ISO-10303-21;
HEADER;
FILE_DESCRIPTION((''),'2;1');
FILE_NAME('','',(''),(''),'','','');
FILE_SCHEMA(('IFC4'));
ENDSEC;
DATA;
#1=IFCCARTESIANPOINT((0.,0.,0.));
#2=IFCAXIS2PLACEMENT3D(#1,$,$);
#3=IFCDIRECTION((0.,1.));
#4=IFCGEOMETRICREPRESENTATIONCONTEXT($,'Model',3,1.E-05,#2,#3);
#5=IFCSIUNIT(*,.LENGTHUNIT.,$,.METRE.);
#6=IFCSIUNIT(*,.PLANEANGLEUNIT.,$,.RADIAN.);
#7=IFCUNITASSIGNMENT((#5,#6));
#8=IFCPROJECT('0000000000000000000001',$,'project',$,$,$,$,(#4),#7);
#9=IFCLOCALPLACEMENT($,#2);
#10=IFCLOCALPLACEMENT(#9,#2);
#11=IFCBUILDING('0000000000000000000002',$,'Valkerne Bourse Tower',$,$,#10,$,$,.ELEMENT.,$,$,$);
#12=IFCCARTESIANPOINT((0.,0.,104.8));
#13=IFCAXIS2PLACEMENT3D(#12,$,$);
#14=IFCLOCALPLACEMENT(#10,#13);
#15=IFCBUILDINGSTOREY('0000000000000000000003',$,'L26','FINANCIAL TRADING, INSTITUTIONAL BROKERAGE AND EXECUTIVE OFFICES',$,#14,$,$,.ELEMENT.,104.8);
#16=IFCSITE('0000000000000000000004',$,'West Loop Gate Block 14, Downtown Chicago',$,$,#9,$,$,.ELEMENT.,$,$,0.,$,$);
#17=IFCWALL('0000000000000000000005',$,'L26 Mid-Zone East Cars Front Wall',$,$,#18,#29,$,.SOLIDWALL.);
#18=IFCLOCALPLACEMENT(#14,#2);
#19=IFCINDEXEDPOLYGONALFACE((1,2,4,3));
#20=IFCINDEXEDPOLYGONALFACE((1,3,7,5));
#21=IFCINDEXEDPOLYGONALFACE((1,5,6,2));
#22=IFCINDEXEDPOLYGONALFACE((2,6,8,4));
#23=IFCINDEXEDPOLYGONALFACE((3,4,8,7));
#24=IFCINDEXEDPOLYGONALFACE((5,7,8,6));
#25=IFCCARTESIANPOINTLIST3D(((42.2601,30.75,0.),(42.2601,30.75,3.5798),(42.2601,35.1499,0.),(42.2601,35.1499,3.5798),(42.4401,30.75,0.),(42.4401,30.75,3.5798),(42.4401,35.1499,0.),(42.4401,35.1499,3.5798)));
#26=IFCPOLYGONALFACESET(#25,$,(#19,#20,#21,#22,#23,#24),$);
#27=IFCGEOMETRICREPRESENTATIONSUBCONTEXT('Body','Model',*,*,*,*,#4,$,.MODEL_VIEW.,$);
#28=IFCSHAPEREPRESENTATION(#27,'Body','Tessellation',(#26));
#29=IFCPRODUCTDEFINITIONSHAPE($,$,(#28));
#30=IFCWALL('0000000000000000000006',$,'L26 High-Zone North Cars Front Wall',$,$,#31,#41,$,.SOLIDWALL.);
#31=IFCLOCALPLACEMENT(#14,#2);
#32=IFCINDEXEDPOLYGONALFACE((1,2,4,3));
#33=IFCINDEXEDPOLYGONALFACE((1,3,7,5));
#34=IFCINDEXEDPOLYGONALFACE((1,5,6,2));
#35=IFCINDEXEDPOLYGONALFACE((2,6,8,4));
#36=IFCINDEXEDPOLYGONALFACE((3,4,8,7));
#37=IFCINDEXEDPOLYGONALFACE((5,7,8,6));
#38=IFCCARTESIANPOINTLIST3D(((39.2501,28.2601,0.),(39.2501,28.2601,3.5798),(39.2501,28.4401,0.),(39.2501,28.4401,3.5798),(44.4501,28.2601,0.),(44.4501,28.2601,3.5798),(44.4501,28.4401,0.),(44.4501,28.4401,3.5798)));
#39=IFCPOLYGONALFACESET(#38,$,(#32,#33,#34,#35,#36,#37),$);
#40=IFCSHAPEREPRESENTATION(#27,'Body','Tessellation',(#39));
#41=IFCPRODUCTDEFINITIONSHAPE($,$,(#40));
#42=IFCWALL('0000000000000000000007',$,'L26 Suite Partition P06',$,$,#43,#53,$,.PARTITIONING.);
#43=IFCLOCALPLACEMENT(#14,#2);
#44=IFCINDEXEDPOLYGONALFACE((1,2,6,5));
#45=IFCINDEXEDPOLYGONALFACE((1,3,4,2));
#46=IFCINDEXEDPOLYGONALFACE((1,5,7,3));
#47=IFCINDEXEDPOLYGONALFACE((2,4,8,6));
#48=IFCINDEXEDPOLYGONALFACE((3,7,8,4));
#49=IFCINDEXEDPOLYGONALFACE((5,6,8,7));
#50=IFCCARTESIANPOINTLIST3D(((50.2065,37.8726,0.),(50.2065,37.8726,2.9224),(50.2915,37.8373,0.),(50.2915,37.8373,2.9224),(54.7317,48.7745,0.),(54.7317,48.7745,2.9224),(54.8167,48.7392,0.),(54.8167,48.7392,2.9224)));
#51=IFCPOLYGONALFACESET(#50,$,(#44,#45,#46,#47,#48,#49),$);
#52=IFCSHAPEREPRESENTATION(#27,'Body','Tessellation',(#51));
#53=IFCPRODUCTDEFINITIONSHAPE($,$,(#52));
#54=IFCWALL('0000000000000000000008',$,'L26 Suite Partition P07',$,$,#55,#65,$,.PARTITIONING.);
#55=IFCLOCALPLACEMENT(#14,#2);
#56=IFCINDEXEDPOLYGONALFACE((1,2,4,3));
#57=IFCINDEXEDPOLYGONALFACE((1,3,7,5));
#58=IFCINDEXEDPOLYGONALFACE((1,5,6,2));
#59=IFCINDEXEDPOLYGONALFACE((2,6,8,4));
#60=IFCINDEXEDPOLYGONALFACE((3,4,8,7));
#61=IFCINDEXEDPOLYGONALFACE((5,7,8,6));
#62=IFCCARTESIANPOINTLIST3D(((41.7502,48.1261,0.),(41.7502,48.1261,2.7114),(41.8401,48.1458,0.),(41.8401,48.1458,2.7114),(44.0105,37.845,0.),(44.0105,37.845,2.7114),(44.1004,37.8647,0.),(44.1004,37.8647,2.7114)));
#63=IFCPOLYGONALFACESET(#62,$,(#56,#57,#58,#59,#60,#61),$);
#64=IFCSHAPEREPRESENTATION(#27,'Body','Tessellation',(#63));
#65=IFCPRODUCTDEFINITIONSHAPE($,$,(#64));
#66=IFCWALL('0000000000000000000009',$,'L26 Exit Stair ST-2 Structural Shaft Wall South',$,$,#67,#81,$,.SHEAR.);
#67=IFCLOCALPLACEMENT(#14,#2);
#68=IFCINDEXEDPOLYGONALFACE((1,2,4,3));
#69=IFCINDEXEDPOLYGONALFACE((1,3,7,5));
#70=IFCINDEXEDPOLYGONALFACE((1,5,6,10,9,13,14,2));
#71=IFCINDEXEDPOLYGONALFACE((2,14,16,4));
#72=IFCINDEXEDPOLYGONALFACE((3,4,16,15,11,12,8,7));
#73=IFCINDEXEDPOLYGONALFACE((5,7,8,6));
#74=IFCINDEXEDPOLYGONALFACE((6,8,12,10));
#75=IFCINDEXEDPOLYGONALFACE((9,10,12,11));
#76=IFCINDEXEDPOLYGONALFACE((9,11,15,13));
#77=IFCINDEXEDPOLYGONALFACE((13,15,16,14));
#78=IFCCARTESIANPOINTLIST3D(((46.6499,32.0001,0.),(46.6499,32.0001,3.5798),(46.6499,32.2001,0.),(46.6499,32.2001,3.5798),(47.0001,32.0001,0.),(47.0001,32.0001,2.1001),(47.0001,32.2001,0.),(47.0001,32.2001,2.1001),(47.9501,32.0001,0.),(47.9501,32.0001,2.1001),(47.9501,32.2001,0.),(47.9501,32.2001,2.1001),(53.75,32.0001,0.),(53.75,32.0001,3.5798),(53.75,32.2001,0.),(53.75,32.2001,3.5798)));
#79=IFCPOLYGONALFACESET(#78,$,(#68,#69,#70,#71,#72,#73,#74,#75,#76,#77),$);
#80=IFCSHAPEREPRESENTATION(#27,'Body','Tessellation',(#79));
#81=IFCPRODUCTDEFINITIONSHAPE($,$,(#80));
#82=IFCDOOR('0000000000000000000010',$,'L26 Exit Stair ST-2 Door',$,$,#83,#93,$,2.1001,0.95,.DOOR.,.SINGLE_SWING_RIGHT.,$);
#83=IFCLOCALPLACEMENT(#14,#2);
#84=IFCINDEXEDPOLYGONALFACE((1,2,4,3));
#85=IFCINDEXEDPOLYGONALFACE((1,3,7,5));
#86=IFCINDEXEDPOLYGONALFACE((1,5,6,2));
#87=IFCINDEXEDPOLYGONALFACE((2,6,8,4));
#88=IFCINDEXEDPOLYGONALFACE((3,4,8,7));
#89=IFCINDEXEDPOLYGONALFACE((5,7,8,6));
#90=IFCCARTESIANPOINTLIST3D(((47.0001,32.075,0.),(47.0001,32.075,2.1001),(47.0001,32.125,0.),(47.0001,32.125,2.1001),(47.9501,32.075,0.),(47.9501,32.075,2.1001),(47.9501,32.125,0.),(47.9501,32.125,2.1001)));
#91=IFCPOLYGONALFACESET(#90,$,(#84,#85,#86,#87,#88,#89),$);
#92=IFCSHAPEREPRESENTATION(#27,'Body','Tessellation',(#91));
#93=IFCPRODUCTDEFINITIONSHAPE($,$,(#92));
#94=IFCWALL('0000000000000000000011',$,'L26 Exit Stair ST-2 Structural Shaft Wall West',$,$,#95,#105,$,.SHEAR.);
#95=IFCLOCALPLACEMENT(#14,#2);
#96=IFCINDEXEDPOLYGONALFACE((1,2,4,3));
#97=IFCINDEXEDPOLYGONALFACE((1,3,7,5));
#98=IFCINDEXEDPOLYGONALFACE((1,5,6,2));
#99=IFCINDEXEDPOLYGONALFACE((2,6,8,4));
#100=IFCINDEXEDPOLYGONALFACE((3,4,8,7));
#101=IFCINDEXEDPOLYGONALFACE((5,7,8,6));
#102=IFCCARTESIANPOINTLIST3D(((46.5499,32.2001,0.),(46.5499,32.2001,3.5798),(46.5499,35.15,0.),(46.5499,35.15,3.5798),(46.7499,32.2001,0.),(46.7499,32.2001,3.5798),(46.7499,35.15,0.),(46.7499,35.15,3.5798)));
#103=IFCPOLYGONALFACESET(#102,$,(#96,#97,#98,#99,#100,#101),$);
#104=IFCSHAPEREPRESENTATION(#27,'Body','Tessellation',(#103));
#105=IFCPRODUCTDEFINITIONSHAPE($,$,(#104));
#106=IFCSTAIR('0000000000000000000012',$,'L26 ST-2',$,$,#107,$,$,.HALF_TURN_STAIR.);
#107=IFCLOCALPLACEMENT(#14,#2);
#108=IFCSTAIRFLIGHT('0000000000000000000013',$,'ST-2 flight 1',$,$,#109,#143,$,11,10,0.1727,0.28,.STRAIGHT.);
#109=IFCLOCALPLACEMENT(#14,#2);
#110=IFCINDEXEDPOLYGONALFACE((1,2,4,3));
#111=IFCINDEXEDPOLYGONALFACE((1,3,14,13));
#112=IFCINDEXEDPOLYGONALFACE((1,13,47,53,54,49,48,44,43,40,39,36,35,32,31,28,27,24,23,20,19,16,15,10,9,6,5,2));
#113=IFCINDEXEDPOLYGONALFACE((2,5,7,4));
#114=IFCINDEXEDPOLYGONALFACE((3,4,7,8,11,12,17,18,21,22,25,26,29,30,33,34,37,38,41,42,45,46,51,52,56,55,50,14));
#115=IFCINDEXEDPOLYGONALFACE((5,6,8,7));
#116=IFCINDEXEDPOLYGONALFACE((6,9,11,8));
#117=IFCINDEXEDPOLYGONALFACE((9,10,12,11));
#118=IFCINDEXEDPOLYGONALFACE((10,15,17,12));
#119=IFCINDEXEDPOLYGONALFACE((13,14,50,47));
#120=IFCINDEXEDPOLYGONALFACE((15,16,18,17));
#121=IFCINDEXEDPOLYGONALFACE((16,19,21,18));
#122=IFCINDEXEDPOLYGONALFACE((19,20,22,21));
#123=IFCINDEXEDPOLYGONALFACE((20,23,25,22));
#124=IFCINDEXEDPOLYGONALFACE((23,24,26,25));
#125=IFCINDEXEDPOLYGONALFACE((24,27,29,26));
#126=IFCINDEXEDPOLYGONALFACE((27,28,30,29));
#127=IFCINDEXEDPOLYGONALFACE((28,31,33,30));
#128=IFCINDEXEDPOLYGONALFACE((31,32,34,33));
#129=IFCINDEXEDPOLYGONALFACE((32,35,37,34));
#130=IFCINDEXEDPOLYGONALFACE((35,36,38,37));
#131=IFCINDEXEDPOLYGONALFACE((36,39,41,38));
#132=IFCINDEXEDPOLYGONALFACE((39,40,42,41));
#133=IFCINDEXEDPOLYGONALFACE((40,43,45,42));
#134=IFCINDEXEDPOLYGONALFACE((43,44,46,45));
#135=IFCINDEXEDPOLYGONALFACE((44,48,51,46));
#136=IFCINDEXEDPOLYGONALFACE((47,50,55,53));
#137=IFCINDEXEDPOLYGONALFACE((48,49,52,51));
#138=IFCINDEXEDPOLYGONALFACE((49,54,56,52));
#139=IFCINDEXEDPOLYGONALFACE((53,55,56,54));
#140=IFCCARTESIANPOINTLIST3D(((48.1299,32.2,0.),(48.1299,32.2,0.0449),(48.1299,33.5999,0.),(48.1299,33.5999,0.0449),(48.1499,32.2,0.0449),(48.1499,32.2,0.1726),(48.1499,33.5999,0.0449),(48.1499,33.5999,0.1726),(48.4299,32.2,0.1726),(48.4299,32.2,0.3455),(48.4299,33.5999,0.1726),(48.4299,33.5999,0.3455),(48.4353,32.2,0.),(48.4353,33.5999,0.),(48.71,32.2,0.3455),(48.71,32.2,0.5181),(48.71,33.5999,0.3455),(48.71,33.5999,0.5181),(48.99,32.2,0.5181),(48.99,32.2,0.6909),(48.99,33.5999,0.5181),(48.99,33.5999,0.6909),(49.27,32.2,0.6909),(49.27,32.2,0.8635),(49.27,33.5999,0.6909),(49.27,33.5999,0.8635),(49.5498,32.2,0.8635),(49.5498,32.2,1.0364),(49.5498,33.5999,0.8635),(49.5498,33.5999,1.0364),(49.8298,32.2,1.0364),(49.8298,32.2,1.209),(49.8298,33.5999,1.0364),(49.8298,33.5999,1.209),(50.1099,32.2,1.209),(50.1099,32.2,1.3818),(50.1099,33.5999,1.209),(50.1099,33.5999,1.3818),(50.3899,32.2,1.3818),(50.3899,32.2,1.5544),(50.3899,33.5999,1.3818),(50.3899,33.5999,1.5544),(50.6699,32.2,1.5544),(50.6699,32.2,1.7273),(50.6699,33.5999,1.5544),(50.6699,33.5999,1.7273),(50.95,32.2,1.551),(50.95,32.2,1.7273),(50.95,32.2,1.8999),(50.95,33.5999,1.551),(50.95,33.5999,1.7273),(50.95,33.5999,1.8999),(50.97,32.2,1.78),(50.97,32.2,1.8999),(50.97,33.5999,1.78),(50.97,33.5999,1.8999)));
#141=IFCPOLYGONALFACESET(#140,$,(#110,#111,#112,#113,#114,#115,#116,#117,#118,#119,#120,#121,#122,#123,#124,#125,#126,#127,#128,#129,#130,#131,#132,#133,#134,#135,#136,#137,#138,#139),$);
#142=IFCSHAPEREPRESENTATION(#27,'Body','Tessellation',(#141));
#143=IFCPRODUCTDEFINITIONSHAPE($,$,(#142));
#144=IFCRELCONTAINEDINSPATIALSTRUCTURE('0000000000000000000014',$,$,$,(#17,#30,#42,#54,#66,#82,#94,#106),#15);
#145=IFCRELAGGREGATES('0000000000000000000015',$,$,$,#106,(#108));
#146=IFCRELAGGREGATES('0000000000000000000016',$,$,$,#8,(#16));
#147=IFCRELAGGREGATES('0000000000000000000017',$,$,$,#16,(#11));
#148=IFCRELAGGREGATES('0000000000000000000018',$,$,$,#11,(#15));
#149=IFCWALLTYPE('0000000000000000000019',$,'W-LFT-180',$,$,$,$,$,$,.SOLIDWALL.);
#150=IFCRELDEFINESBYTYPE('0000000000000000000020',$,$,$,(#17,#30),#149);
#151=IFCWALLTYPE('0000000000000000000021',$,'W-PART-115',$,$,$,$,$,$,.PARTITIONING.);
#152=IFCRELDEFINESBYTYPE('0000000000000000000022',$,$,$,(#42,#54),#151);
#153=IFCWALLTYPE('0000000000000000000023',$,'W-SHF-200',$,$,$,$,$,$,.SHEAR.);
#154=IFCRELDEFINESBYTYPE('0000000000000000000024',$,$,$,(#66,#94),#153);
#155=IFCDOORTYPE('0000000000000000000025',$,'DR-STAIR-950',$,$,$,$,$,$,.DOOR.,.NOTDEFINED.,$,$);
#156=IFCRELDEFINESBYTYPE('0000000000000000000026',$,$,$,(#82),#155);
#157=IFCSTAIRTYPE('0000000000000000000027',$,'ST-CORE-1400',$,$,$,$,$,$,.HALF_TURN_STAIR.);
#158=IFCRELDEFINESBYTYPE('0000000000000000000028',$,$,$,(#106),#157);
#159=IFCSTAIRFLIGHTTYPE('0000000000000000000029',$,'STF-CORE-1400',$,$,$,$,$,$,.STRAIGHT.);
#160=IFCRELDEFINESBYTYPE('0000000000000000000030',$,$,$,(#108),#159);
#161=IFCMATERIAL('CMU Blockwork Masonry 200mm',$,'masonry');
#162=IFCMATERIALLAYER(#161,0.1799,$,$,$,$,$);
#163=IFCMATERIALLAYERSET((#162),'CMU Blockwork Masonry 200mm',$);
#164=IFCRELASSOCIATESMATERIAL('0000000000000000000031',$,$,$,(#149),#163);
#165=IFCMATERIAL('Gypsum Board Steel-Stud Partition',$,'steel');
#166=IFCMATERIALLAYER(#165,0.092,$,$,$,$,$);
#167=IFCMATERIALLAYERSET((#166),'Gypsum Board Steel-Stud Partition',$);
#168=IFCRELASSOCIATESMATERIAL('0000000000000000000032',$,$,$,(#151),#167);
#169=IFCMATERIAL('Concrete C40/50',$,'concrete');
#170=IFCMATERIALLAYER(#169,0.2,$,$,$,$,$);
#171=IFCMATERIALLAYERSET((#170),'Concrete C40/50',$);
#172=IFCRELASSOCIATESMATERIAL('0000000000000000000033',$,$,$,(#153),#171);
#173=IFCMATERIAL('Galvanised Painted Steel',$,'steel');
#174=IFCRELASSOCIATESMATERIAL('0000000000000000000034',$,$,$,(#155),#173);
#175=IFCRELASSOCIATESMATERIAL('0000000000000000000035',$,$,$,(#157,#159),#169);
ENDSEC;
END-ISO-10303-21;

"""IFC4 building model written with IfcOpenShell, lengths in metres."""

from ifc_helpers import new_model, si_unit, direction, frame, frame_2d, origin, place, context, subcontext, project, spatial, polyline, rectangle, outline, extrude, material, layer, layer_set, type_object, element, fill, aggregate, save


model = new_model("IFC4")

# Units and contexts
model_context = context("Model", 3, precision=1e-05, world=origin(), true_north=direction((0.0, 1.0)))
body_context = subcontext(model_context, "Body", "Model", "MODEL_VIEW")
ifc_project = project(units=[si_unit("LENGTHUNIT", "METRE"), si_unit("PLANEANGLEUNIT", "RADIAN")], contexts=[model_context])

# Site, building, storey
site_placement = place(None, origin())
site = spatial("IfcSite", under=ifc_project, at=site_placement, Name="West Loop Gate Block 14, Downtown Chicago", CompositionType="ELEMENT", RefElevation=0.0)
building_placement = place(site_placement, origin())
building = spatial("IfcBuilding", under=site, at=building_placement, Name="Valkerne Bourse Tower", CompositionType="ELEMENT")
storey_placement = place(building_placement, frame((0.0, 0.0, 104.8)))
storey = spatial("IfcBuildingStorey", under=building, at=storey_placement, Name="L26", Description="FINANCIAL TRADING, INSTITUTIONAL BROKERAGE AND EXECUTIVE OFFICES", CompositionType="ELEMENT", Elevation=104.8)

# Shared definitions
ifc_material_1 = material(Name="Galvanised Painted Steel", Category="steel")

# Walls
ifc_material_2 = material(Name="CMU Blockwork Masonry 200mm", Category="masonry")
ifc_layer_1 = layer(ifc_material_2, 0.1799)
ifc_layer_set_1 = layer_set([ifc_layer_1], Name="CMU Blockwork Masonry 200mm")
wall_type_1 = type_object("IfcWallType", Name="W-LFT-180", PredefinedType="SOLIDWALL", material=ifc_layer_set_1)
for number, where, z_axis, x_axis, name in (
    (1, (42.3501, 30.75, 0.0), (0.0, 0.0, 1.0), (0.0, 1.0, 0.0), "L26 Mid-Zone East Cars Front Wall"),
):
    element("IfcWall", number, at=place(storey_placement, frame(where, z_axis=z_axis, x_axis=x_axis)), inside=storey, type_object=wall_type_1, Name=name, PredefinedType="SOLIDWALL", context=body_context, shape_type="SweptSolid", body=[
        extrude(rectangle(XDim=4.3999, YDim=0.1799, at=frame_2d((2.2, 0.0))), origin(), (0.0, 0.0, 1.0), 3.5798),
    ])
wall_1_placement = place(storey_placement, frame((39.25, 28.3501, 0.0), z_axis=(0.0, 0.0, 1.0), x_axis=(1.0, 0.0, 0.0)))
element("IfcWall", 2, at=wall_1_placement, inside=storey, type_object=wall_type_1, Name="L26 High-Zone North Cars Front Wall", PredefinedType="SOLIDWALL", context=body_context, shape_type="SweptSolid", body=[
    extrude(rectangle(XDim=5.2, YDim=0.1799, at=frame_2d((2.6001, 0.0))), origin(), (0.0, 0.0, 1.0), 3.5798),
])
ifc_material_3 = material(Name="Gypsum Board Steel-Stud Partition", Category="steel")
ifc_layer_2 = layer(ifc_material_3, 0.092)
ifc_layer_set_2 = layer_set([ifc_layer_2], Name="Gypsum Board Steel-Stud Partition")
wall_type_2 = type_object("IfcWallType", Name="W-PART-115", PredefinedType="PARTITIONING", material=ifc_layer_set_2)
wall_2_placement = place(storey_placement, frame((50.249, 37.855, 0.0), z_axis=(0.0, 0.0, 1.0), x_axis=(0.383367, 0.923596, 0.0)))
element("IfcWall", 3, at=wall_2_placement, inside=storey, type_object=wall_type_2, Name="L26 Suite Partition P06", PredefinedType="PARTITIONING", context=body_context, shape_type="SweptSolid", body=[
    extrude(rectangle(XDim=11.8037, YDim=0.092, at=frame_2d((5.9019, 0.0))), origin(), (0.0, 0.0, 1.0), 2.9224),
])
wall_3_placement = place(storey_placement, frame((44.0554, 37.855, 0.0), z_axis=(0.0, 0.0, 1.0), x_axis=(-0.21472, 0.976676, 0.0)))
element("IfcWall", 4, at=wall_3_placement, inside=storey, type_object=wall_type_2, Name="L26 Suite Partition P07", PredefinedType="PARTITIONING", context=body_context, shape_type="SweptSolid", body=[
    extrude(rectangle(XDim=10.5266, YDim=0.092, at=frame_2d((5.2632, 0.0))), origin(), (0.0, 0.0, 1.0), 2.7114),
])

# Wall, opening, door
ifc_material_4 = material(Name="Concrete C40/50", Category="concrete")
ifc_layer_3 = layer(ifc_material_4, 0.2)
ifc_layer_set_3 = layer_set([ifc_layer_3], Name="Concrete C40/50")
wall_type_3 = type_object("IfcWallType", Name="W-SHF-200", PredefinedType="SHEAR", material=ifc_layer_set_3)
wall_4_placement = place(storey_placement, frame((46.6499, 32.1001, 0.0), z_axis=(0.0, 0.0, 1.0), x_axis=(1.0, 0.0, 0.0)))
wall_4 = element("IfcWall", 5, at=wall_4_placement, inside=storey, type_object=wall_type_3, Name="L26 Exit Stair ST-2 Structural Shaft Wall South", PredefinedType="SHEAR", context=body_context, shape_type="SweptSolid", body=[
    extrude(rectangle(XDim=7.1001, YDim=0.2, at=frame_2d((3.55, 0.0))), origin(), (0.0, 0.0, 1.0), 3.5798),
])
opening_1_placement = place(wall_4_placement, frame((0.3501, 0.0, 0.0)))
opening_1 = element("IfcOpeningElement", 6, at=opening_1_placement, cuts=wall_4, PredefinedType="OPENING", context=body_context, shape_type="SweptSolid", body=[
    extrude(rectangle(XDim=0.95, YDim=2.1001, at=frame_2d((0.4751, 1.05))), frame((0.0, 0.1099, 0.0), z_axis=(0.0, -1.0, 0.0), x_axis=(1.0, 0.0, 0.0)), (0.0, 0.0, 1.0), 0.22),
])
door_type_1 = type_object("IfcDoorType", Name="DR-STAIR-950", OperationType="NOTDEFINED", PredefinedType="DOOR", material=ifc_material_1)
door_1_placement = place(opening_1_placement, origin())
door_1 = element("IfcDoor", 7, at=door_1_placement, inside=storey, type_object=door_type_1, Name="L26 Exit Stair ST-2 Door", OperationType="SINGLE_SWING_RIGHT", OverallHeight=2.1001, OverallWidth=0.95, PredefinedType="DOOR", context=body_context, shape_type="SweptSolid", body=[
    extrude(rectangle(XDim=0.95, YDim=2.1001, at=frame_2d((0.4751, 1.05))), frame((0.0, 0.0249, 0.0), z_axis=(0.0, -1.0, 0.0), x_axis=(1.0, 0.0, 0.0)), (0.0, 0.0, 1.0), 0.05),
])
fill(opening_1, door_1)

# Wall
wall_5_placement = place(storey_placement, frame((46.6499, 32.2, 0.0), z_axis=(0.0, 0.0, 1.0), x_axis=(0.0, 1.0, 0.0)))
element("IfcWall", 8, at=wall_5_placement, inside=storey, type_object=wall_type_3, Name="L26 Exit Stair ST-2 Structural Shaft Wall West", PredefinedType="SHEAR", context=body_context, shape_type="SweptSolid", body=[
    extrude(rectangle(XDim=2.95, YDim=0.2, at=frame_2d((1.4751, 0.0))), origin(), (0.0, 0.0, 1.0), 3.5798),
])

# Stair, stair flight
stair_type = type_object("IfcStairType", Name="ST-CORE-1400", PredefinedType="HALF_TURN_STAIR", material=ifc_material_4)
stair_placement = place(storey_placement, origin())
stair = element("IfcStair", 9, at=stair_placement, inside=storey, type_object=stair_type, Name="L26 ST-2", PredefinedType="HALF_TURN_STAIR")
stair_flight_type = type_object("IfcStairFlightType", Name="STF-CORE-1400", PredefinedType="STRAIGHT", material=ifc_material_4)
stair_flight_placement = place(storey_placement, frame((48.1499, 32.8999, 0.0), z_axis=(0.0, 0.0, 1.0), x_axis=(1.0, 0.0, 0.0)))
stair_flight = element("IfcStairFlight", 10, at=stair_flight_placement, type_object=stair_flight_type, Name="ST-2 flight 1", NumberOfRisers=11, NumberOfTreads=10, PredefinedType="STRAIGHT", RiserHeight=0.1727, TreadLength=0.28, context=body_context, shape_type="SweptSolid", body=[
    extrude(outline(polyline([(-0.02, 0.0), (-0.02, 0.0449), (0.0, 0.0449), (0.0, 0.1726), (0.28, 0.1726), (0.28, 0.3455), (0.5601, 0.3455), (0.5601, 0.5181), (0.8401, 0.5181), (0.8401, 0.6909), (1.1201, 0.6909), (1.1201, 0.8635), (1.3999, 0.8635), (1.3999, 1.0364), (1.6799, 1.0364), (1.6799, 1.209), (1.96, 1.209), (1.96, 1.3818), (2.24, 1.3818), (2.24, 1.5544), (2.52, 1.5544), (2.52, 1.7273), (2.8, 1.7273), (2.8, 1.8999), (2.8201, 1.8999), (2.8201, 1.78), (2.8, 1.551), (0.2854, 0.0), (-0.02, 0.0)])), frame((0.0, 0.7, 0.0), z_axis=(0.0, -1.0, 0.0), x_axis=(1.0, 0.0, 0.0)), (0.0, 0.0, 1.0), 1.3999),
])
aggregate(stair, [stair_flight])

save(model, "model.ifc")
